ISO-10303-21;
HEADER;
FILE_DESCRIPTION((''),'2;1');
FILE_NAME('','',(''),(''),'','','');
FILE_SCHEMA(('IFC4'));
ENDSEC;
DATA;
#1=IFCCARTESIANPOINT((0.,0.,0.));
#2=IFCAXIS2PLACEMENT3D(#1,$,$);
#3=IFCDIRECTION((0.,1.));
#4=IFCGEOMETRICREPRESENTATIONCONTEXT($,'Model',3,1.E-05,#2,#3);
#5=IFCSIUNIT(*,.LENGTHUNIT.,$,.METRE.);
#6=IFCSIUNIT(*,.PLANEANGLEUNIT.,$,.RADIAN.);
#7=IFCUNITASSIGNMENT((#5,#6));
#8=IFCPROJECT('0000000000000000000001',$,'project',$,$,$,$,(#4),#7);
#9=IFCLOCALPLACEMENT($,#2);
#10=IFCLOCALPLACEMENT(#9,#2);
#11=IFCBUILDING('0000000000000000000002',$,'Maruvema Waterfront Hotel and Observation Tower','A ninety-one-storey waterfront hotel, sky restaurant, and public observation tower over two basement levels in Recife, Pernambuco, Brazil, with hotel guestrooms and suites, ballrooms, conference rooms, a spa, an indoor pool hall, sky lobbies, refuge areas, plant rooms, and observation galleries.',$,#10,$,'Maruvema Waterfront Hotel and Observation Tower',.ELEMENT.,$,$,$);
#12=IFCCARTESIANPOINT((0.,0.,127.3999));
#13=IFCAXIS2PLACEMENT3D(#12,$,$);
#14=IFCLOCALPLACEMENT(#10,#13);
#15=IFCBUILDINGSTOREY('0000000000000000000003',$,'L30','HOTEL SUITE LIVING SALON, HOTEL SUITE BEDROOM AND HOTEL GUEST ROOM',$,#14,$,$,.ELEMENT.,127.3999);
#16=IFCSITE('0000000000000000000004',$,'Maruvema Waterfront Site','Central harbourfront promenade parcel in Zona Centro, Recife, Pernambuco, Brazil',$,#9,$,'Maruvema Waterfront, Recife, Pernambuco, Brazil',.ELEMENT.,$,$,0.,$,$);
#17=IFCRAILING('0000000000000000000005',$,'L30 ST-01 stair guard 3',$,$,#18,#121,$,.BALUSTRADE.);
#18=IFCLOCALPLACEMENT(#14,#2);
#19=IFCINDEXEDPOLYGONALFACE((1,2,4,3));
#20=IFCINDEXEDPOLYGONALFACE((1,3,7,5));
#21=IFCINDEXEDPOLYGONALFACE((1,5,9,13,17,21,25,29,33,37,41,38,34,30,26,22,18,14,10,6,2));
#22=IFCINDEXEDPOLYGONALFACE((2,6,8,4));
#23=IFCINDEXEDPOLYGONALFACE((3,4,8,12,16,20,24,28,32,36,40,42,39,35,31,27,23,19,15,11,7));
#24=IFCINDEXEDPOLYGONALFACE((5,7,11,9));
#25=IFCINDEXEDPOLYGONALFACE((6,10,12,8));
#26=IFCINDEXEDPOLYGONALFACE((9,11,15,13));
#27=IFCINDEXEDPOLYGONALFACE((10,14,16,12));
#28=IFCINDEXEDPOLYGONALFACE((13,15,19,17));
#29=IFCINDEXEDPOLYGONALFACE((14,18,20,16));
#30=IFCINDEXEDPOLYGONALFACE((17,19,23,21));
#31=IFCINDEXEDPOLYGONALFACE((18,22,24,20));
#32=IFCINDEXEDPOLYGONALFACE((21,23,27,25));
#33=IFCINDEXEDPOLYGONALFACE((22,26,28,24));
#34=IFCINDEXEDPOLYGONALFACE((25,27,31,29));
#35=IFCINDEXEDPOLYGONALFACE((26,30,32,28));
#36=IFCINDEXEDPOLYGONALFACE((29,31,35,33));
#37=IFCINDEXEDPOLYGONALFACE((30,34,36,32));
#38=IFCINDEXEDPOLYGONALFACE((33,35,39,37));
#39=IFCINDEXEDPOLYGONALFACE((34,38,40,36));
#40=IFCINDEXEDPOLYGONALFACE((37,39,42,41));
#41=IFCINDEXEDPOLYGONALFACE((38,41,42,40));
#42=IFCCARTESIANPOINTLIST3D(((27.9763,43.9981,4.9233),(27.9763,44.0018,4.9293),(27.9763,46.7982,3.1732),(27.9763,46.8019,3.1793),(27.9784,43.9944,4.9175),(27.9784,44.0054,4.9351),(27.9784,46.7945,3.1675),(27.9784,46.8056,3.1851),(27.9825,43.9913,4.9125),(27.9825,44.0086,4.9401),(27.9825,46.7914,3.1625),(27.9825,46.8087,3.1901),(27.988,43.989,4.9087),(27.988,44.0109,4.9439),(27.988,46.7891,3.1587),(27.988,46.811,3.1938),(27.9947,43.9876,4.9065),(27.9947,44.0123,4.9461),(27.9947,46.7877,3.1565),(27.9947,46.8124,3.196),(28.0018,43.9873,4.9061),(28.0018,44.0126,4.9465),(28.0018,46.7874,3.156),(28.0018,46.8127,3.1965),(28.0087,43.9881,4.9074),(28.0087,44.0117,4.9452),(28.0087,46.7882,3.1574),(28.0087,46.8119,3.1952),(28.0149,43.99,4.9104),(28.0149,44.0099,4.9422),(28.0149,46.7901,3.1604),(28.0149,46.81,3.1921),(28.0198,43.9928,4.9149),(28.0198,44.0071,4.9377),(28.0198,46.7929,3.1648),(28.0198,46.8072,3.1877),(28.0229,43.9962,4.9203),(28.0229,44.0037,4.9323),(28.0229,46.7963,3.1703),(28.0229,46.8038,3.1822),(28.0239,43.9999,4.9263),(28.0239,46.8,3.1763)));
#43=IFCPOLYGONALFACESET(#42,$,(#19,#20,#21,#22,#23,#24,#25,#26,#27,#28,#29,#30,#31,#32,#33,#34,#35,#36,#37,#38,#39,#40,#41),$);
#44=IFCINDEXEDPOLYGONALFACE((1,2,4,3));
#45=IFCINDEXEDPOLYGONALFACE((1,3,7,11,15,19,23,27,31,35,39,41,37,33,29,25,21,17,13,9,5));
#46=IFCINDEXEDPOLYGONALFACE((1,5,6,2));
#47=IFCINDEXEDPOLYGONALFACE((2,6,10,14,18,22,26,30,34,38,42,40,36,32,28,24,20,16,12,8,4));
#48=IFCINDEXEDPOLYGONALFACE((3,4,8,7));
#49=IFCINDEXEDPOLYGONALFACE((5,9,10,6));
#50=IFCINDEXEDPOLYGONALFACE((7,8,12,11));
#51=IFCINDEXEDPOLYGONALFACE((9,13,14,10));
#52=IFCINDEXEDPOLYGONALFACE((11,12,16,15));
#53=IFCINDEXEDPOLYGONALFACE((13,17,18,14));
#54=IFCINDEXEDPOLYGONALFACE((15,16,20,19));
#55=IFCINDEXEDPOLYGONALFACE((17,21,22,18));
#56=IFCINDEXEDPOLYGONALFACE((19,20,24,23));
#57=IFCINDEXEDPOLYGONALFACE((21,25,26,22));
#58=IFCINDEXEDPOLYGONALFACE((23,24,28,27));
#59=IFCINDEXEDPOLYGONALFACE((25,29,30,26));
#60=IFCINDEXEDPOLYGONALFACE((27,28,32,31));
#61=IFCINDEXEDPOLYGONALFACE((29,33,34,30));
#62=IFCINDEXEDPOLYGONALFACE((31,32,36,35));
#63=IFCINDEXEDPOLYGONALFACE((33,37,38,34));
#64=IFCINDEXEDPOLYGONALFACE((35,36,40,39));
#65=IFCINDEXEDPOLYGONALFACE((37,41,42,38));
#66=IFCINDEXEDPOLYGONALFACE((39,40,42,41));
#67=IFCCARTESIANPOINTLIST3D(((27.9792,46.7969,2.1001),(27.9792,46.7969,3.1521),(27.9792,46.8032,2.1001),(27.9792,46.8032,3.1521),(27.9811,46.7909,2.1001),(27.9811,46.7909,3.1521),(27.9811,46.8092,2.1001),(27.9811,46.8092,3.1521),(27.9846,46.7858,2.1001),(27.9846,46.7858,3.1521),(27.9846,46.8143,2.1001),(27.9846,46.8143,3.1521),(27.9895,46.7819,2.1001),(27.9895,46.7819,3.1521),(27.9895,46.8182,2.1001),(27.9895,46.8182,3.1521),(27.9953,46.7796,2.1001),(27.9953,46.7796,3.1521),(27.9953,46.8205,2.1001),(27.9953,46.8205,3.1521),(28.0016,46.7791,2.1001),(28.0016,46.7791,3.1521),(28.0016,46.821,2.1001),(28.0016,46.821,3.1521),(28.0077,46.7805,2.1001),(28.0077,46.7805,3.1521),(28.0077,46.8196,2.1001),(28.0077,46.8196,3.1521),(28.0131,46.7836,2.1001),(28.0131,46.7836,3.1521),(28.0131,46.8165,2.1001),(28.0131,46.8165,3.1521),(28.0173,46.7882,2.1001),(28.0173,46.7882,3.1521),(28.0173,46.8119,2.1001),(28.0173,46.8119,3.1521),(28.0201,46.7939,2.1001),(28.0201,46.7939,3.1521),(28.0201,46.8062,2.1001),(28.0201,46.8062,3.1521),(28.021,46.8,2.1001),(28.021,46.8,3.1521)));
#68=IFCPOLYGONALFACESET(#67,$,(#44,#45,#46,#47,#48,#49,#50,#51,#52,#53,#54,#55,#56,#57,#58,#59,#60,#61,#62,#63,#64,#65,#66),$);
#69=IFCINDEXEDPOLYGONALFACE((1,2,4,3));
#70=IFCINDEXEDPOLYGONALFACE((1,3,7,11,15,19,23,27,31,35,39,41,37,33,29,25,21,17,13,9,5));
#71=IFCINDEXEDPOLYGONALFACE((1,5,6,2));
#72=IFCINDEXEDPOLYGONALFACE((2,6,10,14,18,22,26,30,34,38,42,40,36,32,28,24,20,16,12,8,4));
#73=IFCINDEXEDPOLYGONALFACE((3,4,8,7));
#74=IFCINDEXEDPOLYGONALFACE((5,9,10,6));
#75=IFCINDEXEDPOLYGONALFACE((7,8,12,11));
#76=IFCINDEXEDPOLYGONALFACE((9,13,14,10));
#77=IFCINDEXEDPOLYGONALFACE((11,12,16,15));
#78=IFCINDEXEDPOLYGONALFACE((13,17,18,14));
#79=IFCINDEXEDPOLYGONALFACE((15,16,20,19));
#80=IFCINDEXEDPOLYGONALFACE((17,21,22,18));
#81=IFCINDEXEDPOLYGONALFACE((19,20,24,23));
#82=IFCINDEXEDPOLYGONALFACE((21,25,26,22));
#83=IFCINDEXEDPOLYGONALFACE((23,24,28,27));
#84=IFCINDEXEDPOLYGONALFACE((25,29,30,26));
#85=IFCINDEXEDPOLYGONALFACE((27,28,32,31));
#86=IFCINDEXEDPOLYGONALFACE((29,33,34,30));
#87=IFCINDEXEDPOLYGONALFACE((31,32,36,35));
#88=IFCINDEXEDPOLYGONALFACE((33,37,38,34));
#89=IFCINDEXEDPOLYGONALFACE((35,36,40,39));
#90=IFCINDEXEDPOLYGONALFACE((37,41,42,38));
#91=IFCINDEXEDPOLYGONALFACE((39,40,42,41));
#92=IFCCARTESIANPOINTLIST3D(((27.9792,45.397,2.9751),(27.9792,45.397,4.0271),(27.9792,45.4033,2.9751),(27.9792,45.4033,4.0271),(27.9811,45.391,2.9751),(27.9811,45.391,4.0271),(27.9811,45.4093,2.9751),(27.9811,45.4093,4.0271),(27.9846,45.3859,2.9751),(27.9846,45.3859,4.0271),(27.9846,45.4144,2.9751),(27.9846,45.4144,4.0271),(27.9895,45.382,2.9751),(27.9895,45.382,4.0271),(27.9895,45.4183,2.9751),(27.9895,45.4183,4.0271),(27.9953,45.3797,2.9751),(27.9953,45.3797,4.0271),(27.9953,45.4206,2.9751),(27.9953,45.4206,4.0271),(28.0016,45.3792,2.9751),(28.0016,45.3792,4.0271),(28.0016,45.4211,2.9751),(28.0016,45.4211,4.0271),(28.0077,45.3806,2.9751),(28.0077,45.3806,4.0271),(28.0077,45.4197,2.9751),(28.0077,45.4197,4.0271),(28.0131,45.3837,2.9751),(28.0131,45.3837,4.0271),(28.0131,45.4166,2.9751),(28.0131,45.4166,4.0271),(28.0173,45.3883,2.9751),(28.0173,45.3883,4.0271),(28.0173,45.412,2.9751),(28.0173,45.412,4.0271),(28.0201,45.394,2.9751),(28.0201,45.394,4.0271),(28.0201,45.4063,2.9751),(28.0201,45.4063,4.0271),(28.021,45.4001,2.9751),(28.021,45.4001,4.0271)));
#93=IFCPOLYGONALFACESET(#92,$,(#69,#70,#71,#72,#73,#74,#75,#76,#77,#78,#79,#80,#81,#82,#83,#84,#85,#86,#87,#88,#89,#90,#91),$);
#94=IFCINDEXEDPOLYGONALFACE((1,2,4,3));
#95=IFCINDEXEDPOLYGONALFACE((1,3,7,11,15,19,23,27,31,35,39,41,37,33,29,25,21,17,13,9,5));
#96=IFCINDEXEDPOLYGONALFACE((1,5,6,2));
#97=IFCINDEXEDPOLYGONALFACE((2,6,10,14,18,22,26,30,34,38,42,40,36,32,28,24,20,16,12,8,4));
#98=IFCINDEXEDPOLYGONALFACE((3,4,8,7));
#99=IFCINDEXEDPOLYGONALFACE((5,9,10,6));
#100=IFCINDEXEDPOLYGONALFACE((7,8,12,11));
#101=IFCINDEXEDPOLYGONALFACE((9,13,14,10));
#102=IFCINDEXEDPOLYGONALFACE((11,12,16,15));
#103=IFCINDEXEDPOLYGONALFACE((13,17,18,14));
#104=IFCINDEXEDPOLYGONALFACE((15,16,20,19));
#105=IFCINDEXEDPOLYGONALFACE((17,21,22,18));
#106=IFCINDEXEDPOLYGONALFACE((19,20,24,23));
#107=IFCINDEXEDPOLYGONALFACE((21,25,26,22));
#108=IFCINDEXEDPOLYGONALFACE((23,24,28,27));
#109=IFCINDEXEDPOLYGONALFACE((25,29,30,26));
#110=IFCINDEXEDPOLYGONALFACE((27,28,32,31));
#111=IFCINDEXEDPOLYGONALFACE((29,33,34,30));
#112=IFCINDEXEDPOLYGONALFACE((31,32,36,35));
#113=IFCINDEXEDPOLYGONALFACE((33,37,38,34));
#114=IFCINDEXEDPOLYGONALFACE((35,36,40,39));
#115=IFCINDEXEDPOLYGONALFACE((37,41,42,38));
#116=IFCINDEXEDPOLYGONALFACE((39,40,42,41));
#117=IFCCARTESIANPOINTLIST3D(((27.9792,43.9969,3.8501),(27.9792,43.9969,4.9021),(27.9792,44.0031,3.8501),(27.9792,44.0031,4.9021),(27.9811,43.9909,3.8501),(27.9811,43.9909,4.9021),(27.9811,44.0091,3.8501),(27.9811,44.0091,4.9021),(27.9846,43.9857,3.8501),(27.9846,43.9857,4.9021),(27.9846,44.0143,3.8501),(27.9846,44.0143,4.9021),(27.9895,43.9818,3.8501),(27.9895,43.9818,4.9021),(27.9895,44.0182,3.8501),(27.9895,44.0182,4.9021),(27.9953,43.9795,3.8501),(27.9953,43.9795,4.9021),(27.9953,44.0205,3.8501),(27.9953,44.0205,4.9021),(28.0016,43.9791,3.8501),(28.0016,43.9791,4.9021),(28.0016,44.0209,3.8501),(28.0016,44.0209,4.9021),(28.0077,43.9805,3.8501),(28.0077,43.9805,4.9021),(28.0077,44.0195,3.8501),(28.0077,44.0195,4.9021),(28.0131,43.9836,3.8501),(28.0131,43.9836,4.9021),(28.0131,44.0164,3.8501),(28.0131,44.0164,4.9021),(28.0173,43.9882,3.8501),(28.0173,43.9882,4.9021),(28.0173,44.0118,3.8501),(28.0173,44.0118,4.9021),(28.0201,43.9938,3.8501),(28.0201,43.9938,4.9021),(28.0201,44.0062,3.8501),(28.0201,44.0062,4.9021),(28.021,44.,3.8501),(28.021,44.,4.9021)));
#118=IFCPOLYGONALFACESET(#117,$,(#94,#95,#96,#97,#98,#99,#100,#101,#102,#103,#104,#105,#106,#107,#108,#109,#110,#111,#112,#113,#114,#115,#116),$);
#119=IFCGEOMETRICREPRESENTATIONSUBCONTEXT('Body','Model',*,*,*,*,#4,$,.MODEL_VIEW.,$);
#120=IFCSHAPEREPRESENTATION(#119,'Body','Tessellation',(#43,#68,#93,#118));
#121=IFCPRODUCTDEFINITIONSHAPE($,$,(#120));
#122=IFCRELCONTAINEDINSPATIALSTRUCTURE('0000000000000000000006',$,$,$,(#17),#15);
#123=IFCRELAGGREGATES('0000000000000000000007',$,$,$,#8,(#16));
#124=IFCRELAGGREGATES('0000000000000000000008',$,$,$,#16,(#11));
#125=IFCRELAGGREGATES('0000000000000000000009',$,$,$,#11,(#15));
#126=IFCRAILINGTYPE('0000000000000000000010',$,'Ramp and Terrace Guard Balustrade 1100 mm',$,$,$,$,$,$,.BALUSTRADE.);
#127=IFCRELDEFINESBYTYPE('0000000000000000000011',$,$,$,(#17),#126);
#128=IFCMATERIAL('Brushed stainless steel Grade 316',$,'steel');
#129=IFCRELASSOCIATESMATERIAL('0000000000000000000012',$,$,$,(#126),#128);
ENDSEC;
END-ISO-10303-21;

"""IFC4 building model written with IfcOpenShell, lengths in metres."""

from ifc_helpers import new_model, si_unit, direction, frame, origin, origin_2d, place, context, subcontext, project, spatial, circle, extrude, material, type_object, element, save


model = new_model("IFC4")

# Units and contexts
model_context = context("Model", 3, precision=1e-05, world=origin(), true_north=direction((0.0, 1.0)))
body_context = subcontext(model_context, "Body", "Model", "MODEL_VIEW")
ifc_project = project(units=[si_unit("LENGTHUNIT", "METRE"), si_unit("PLANEANGLEUNIT", "RADIAN")], contexts=[model_context])

# Site, building, storey
site_placement = place(None, origin())
site = spatial("IfcSite", under=ifc_project, at=site_placement, Name="Maruvema Waterfront Site", Description="Central harbourfront promenade parcel in Zona Centro, Recife, Pernambuco, Brazil", LongName="Maruvema Waterfront, Recife, Pernambuco, Brazil", CompositionType="ELEMENT", RefElevation=0.0)
building_placement = place(site_placement, origin())
building = spatial("IfcBuilding", under=site, at=building_placement, Name="Maruvema Waterfront Hotel and Observation Tower", Description="A ninety-one-storey waterfront hotel, sky restaurant, and public observation tower over two basement levels in Recife, Pernambuco, Brazil, with hotel guestrooms and suites, ballrooms, conference rooms, a spa, an indoor pool hall, sky lobbies, refuge areas, plant rooms, and observation galleries.", LongName="Maruvema Waterfront Hotel and Observation Tower", CompositionType="ELEMENT")
storey_placement = place(building_placement, frame((0.0, 0.0, 127.3999)))
storey = spatial("IfcBuildingStorey", under=building, at=storey_placement, Name="L30", Description="HOTEL SUITE LIVING SALON, HOTEL SUITE BEDROOM AND HOTEL GUEST ROOM", CompositionType="ELEMENT", Elevation=127.3999)

# Railing
ifc_material_1 = material(Name="Brushed stainless steel Grade 316", Category="steel")
railing_type_1 = type_object("IfcRailingType", Name="Ramp and Terrace Guard Balustrade 1100 mm", PredefinedType="BALUSTRADE", material=ifc_material_1)
railing_1_placement = place(storey_placement, frame((28.0, 46.8, 2.1001)))
element("IfcRailing", 1, at=railing_1_placement, inside=storey, type_object=railing_type_1, Name="L30 ST-01 stair guard 3", PredefinedType="BALUSTRADE", context=body_context, shape_type="SweptSolid", body=[
    extrude(circle(Radius=0.0239, at=origin_2d()), frame((0.0, 0.0, 1.0762), z_axis=(0.0, -0.848002, 0.529992), x_axis=(1.0, 0.0, 0.0)), (0.0, 0.0, 1.0), 3.302),
    extrude(circle(Radius=0.021, at=origin_2d()), origin(), (0.0, 0.0, 1.0), 1.052),
    extrude(circle(Radius=0.021, at=origin_2d()), frame((0.0, -1.3999, 0.875)), (0.0, 0.0, 1.0), 1.052),
    extrude(circle(Radius=0.021, at=origin_2d()), frame((0.0, -2.8, 1.75)), (0.0, 0.0, 1.0), 1.052),
])

save(model, "model.ifc")
